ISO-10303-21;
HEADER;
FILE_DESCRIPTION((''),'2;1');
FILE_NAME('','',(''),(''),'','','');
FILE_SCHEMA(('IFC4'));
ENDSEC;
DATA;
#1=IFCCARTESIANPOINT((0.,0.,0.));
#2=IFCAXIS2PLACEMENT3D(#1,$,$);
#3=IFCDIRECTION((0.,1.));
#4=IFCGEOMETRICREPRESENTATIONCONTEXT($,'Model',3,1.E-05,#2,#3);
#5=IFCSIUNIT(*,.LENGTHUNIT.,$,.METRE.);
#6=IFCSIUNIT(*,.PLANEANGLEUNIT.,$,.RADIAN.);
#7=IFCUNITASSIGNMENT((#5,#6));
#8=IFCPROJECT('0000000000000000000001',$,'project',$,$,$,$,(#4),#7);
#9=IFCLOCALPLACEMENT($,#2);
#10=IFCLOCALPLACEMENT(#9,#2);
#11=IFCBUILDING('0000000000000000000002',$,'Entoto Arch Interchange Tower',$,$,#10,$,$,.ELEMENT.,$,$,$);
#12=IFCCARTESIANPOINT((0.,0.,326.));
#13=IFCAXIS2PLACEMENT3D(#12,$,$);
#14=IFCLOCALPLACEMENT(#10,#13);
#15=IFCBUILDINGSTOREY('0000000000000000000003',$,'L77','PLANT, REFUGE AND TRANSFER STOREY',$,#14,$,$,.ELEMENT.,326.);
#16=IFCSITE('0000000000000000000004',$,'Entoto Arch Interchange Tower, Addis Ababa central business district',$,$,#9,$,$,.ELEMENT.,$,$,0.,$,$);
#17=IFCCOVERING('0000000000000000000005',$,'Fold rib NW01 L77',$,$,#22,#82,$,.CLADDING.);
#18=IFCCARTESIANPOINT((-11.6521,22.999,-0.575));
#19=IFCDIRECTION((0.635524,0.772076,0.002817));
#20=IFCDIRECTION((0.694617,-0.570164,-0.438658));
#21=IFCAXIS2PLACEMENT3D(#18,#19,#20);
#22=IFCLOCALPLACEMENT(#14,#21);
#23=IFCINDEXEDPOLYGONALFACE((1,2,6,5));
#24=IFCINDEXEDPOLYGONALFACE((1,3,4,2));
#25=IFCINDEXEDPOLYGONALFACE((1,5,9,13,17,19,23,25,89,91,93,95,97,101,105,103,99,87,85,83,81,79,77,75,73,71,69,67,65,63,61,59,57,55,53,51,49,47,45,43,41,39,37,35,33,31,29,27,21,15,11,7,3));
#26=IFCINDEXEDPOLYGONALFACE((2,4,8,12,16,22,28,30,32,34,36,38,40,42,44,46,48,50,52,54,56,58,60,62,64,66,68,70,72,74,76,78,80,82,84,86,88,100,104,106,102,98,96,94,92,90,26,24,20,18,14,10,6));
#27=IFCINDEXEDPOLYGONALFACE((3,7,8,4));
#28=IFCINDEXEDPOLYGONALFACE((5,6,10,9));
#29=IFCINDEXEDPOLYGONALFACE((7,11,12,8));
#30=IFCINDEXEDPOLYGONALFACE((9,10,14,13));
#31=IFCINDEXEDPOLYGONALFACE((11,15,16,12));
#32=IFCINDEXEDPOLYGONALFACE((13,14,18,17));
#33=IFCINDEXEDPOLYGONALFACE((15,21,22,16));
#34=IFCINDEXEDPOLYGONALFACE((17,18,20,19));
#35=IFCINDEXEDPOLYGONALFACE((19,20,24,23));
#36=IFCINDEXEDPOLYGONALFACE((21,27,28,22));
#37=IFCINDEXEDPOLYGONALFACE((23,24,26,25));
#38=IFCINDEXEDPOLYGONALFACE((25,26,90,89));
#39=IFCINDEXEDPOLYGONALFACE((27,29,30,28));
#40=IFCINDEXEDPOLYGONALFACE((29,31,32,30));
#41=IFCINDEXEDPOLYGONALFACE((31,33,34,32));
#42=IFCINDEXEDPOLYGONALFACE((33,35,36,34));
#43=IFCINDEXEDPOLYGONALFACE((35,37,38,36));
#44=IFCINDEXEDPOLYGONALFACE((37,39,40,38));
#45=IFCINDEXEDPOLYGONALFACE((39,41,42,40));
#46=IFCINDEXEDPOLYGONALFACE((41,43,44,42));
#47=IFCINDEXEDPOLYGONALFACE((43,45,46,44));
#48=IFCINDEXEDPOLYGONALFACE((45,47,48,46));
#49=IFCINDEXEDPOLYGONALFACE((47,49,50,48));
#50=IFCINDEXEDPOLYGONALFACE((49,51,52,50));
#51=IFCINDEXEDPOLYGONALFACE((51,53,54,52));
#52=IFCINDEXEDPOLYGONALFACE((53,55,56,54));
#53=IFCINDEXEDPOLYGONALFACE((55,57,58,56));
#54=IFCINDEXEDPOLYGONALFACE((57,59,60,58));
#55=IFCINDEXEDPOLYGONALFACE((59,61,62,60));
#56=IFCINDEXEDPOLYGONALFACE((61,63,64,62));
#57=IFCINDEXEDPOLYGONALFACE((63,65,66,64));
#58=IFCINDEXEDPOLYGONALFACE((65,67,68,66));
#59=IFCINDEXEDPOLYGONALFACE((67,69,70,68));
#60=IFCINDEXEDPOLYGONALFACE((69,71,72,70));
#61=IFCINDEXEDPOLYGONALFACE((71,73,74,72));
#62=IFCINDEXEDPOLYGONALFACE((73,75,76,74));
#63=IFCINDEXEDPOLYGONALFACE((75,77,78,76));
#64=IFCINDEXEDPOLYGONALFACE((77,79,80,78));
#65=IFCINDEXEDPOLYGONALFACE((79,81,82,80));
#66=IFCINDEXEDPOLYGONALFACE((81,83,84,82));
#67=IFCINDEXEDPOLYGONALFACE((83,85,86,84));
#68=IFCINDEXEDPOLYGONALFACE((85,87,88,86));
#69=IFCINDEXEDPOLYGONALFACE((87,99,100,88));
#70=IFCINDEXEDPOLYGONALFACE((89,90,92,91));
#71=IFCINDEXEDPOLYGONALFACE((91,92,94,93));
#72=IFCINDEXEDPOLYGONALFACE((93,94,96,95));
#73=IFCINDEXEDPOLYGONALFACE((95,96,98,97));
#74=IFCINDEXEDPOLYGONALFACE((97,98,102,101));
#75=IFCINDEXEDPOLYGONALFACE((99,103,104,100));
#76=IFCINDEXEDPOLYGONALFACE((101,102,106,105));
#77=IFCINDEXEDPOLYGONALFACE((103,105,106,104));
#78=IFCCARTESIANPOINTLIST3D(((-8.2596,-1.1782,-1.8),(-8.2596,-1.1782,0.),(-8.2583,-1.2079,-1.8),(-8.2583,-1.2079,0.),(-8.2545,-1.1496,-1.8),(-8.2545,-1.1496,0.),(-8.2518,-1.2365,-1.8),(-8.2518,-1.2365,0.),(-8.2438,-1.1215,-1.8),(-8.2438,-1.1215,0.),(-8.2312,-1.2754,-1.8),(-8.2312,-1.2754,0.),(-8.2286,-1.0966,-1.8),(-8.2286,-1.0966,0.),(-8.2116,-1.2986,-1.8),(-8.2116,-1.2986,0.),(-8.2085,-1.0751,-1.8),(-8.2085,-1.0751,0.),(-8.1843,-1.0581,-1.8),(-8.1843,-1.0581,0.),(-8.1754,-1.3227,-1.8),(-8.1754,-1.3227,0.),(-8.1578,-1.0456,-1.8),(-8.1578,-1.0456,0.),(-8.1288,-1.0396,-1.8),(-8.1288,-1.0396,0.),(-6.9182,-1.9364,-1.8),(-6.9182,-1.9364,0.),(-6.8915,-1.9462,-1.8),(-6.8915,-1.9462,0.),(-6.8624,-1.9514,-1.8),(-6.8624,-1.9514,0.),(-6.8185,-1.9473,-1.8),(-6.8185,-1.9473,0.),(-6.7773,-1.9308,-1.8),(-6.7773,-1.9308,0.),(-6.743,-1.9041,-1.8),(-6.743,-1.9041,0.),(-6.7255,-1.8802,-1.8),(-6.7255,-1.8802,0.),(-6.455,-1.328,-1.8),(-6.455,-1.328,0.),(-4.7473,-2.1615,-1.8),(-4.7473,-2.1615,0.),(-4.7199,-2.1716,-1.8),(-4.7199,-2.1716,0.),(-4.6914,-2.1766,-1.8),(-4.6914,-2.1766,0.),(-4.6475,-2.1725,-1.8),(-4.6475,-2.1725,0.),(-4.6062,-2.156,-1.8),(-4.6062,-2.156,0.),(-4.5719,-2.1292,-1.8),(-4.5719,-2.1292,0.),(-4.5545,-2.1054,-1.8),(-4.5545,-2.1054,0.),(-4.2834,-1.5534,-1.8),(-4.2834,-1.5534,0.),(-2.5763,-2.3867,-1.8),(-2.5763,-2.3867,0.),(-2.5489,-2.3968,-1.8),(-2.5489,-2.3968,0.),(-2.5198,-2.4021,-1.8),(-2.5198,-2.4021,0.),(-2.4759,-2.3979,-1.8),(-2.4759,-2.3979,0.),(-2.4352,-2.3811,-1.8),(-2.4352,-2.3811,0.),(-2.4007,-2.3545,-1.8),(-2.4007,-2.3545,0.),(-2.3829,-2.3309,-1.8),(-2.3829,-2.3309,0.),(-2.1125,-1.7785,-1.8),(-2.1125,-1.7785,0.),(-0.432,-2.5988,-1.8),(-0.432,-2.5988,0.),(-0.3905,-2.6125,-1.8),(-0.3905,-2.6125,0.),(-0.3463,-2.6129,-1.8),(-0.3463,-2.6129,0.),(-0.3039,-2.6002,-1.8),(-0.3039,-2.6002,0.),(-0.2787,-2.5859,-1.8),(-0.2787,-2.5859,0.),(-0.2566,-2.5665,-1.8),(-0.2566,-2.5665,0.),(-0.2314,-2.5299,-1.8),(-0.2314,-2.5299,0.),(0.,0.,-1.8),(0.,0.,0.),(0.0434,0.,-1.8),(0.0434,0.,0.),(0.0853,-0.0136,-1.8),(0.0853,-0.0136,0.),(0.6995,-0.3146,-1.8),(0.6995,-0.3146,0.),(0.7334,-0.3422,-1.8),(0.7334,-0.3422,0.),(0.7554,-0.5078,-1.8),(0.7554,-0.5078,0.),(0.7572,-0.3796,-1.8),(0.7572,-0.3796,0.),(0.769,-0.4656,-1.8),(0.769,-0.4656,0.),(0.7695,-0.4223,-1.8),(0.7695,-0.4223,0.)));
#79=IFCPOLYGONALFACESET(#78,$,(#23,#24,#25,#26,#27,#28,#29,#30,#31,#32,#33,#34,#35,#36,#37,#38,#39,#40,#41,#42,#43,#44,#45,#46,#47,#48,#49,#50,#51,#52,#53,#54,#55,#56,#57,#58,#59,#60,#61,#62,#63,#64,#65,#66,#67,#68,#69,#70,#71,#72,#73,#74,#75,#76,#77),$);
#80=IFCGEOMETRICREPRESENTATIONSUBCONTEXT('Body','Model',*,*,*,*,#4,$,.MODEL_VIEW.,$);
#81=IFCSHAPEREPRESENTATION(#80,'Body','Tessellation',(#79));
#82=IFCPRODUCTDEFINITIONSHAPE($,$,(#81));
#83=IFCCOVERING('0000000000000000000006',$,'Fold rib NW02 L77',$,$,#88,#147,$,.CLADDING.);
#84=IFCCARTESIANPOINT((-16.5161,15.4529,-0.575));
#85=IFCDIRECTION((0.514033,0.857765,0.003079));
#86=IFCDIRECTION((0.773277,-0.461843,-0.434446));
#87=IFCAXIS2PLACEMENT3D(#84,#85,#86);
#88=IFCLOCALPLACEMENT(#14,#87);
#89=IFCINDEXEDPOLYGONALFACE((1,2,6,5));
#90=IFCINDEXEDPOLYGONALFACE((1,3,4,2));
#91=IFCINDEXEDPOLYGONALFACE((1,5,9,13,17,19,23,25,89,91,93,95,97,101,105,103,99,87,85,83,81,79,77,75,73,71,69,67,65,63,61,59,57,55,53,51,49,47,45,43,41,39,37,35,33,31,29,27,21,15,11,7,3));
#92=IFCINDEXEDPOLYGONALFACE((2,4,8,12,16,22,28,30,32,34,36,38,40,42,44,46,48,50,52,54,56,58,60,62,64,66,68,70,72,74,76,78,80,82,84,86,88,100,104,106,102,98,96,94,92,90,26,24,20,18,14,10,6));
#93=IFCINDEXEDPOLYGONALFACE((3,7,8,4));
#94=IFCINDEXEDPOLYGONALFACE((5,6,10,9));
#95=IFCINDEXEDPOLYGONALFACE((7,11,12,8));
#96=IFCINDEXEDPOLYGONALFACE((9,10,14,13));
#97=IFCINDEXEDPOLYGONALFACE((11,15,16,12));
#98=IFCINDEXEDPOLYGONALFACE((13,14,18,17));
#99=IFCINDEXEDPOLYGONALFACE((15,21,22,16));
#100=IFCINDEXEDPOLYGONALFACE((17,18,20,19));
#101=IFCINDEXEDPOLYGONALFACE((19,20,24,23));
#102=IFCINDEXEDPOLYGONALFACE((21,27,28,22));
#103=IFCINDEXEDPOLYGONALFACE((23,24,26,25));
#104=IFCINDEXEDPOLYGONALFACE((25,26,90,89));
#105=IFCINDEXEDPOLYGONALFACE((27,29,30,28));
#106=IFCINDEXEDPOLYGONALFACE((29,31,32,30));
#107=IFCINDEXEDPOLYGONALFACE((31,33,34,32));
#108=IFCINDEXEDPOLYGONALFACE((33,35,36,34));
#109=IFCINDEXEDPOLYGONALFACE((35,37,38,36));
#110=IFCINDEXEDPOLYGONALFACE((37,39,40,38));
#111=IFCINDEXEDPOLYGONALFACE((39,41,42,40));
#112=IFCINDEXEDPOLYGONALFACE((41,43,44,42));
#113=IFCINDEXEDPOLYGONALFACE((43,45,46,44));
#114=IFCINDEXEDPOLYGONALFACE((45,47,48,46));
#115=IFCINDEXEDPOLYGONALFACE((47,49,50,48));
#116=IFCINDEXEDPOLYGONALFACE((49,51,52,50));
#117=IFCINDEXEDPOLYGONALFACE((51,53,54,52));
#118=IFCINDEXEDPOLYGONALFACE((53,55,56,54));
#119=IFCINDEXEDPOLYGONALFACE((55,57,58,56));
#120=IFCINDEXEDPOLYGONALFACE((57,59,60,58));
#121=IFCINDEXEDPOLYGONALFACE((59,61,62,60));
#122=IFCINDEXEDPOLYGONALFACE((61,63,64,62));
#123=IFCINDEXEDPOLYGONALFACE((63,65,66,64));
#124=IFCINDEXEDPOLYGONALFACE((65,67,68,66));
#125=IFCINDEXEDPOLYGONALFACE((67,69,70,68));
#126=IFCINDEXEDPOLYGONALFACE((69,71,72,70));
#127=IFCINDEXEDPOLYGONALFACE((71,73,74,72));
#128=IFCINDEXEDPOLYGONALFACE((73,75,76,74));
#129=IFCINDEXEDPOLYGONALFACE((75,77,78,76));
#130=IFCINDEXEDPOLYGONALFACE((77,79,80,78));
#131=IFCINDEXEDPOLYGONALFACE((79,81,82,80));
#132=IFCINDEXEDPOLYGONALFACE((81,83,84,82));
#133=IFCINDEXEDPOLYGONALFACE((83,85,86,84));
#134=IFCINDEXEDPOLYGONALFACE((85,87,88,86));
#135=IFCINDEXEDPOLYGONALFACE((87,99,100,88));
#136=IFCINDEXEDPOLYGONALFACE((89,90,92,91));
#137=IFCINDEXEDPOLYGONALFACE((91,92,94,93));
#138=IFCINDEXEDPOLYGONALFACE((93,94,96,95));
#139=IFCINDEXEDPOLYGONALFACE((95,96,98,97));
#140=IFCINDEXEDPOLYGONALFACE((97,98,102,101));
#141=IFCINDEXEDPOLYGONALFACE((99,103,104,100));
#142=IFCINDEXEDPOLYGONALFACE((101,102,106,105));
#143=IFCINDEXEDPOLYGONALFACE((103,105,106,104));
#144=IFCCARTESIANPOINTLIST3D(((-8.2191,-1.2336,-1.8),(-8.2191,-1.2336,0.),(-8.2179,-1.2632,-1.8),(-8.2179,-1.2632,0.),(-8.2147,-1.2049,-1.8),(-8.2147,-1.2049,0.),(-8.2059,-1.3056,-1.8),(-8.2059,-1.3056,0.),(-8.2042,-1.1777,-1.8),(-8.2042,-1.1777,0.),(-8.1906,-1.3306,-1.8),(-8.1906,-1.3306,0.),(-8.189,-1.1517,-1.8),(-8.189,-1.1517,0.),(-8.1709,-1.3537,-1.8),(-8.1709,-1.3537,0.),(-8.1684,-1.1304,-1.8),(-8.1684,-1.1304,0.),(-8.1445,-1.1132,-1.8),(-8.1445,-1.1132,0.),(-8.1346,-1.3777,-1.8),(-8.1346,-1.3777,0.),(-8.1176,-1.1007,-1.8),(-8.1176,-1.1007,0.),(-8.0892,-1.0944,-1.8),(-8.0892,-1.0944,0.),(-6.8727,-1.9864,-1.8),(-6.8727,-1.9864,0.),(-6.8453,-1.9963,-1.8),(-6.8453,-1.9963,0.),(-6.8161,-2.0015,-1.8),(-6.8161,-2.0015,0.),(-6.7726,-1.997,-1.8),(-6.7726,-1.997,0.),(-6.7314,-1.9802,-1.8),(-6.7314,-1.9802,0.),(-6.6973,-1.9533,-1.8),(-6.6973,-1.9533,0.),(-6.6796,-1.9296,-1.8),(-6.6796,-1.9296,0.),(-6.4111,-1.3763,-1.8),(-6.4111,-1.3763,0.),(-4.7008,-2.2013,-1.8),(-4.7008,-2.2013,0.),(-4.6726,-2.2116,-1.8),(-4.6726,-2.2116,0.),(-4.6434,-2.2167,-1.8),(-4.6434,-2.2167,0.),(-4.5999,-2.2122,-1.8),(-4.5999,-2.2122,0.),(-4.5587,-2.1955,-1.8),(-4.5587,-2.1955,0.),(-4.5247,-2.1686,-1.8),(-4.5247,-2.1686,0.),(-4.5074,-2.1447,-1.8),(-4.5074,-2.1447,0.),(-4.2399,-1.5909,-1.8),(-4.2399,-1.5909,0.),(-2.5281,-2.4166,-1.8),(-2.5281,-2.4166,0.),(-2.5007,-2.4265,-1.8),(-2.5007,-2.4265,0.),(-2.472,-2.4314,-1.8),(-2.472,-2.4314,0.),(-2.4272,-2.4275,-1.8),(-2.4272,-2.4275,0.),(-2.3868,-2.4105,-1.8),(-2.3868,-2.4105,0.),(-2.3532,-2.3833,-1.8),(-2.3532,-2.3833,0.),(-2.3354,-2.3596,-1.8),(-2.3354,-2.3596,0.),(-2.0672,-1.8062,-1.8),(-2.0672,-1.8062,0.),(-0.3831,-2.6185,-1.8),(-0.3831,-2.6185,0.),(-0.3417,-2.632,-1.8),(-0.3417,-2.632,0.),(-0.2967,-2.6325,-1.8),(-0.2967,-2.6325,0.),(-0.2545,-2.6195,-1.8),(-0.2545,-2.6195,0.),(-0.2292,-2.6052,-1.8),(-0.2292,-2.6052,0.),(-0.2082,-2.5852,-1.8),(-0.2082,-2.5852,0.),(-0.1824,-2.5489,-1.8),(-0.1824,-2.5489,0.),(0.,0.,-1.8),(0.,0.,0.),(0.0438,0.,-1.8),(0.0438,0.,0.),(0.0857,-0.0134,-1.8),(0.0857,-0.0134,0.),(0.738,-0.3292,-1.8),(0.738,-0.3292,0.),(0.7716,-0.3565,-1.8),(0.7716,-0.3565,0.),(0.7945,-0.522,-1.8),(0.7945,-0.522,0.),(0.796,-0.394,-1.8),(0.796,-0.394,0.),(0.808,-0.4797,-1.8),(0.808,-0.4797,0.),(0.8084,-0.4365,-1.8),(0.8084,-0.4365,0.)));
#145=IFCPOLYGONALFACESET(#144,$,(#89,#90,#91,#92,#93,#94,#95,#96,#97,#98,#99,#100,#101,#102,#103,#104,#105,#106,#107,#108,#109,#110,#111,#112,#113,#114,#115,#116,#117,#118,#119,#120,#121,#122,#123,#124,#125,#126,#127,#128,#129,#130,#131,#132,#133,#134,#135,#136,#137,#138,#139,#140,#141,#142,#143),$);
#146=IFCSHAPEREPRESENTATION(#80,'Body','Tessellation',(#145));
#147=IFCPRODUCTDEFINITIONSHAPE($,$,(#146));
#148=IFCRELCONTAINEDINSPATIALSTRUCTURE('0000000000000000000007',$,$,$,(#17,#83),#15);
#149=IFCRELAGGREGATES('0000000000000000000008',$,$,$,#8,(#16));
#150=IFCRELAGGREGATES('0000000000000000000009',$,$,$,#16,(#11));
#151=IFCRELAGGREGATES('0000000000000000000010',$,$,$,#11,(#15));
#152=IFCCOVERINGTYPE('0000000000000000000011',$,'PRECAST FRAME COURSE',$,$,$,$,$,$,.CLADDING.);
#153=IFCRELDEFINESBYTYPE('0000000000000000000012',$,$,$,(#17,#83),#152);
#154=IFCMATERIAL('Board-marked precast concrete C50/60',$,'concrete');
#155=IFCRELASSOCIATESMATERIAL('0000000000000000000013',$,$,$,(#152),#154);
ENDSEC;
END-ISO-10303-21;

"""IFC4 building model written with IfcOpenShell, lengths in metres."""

from ifc_helpers import new_model, si_unit, direction, frame, origin, place, context, subcontext, project, spatial, polyline, outline, extrude, material, type_object, element, save


model = new_model("IFC4")

# Units and contexts
model_context = context("Model", 3, precision=1e-05, world=origin(), true_north=direction((0.0, 1.0)))
body_context = subcontext(model_context, "Body", "Model", "MODEL_VIEW")
ifc_project = project(units=[si_unit("LENGTHUNIT", "METRE"), si_unit("PLANEANGLEUNIT", "RADIAN")], contexts=[model_context])

# Site, building, storey
site_placement = place(None, origin())
site = spatial("IfcSite", under=ifc_project, at=site_placement, Name="Entoto Arch Interchange Tower, Addis Ababa central business district", CompositionType="ELEMENT", RefElevation=0.0)
building_placement = place(site_placement, origin())
building = spatial("IfcBuilding", under=site, at=building_placement, Name="Entoto Arch Interchange Tower", CompositionType="ELEMENT")
storey_placement = place(building_placement, frame((0.0, 0.0, 326.0)))
storey = spatial("IfcBuildingStorey", under=building, at=storey_placement, Name="L77", Description="PLANT, REFUGE AND TRANSFER STOREY", CompositionType="ELEMENT", Elevation=326.0)

# Shared definitions
ifc_material_1 = material(Name="Board-marked precast concrete C50/60", Category="concrete")

# Coverings
covering_type = type_object("IfcCoveringType", Name="PRECAST FRAME COURSE", PredefinedType="CLADDING", material=ifc_material_1)
covering_1_placement = place(storey_placement, frame((-11.6521, 22.999, -0.575), z_axis=(0.635524, 0.772076, 0.002817), x_axis=(0.694617, -0.570164, -0.438658)))
element("IfcCovering", 1, at=covering_1_placement, inside=storey, type_object=covering_type, Name="Fold rib NW01 L77", PredefinedType="CLADDING", context=body_context, shape_type="SweptSolid", body=[
    extrude(outline(polyline([(0.0, 0.0), (0.0434, 0.0), (0.0853, -0.0136), (0.6995, -0.3146), (0.7334, -0.3422), (0.7572, -0.3796), (0.7695, -0.4223), (0.769, -0.4656), (0.7554, -0.5078), (-0.2314, -2.5299), (-0.2566, -2.5665), (-0.2787, -2.5859), (-0.3039, -2.6002), (-0.3463, -2.6129), (-0.3905, -2.6125), (-0.432, -2.5988), (-2.1125, -1.7785), (-2.3829, -2.3309), (-2.4007, -2.3545), (-2.4352, -2.3811), (-2.4759, -2.3979), (-2.5198, -2.4021), (-2.5489, -2.3968), (-2.5763, -2.3867), (-4.2834, -1.5534), (-4.5545, -2.1054), (-4.5719, -2.1292), (-4.6062, -2.156), (-4.6475, -2.1725), (-4.6914, -2.1766), (-4.7199, -2.1716), (-4.7473, -2.1615), (-6.455, -1.328), (-6.7255, -1.8802), (-6.743, -1.9041), (-6.7773, -1.9308), (-6.8185, -1.9473), (-6.8624, -1.9514), (-6.8915, -1.9462), (-6.9182, -1.9364), (-8.1754, -1.3227), (-8.2116, -1.2986), (-8.2312, -1.2754), (-8.2518, -1.2365), (-8.2583, -1.2079), (-8.2596, -1.1782), (-8.2545, -1.1496), (-8.2438, -1.1215), (-8.2286, -1.0966), (-8.2085, -1.0751), (-8.1843, -1.0581), (-8.1578, -1.0456), (-8.1288, -1.0396), (0.0, 0.0)])), origin(), (0.0, 0.0, -1.0), 1.8),
])
covering_2_placement = place(storey_placement, frame((-16.5161, 15.4529, -0.575), z_axis=(0.514033, 0.857765, 0.003079), x_axis=(0.773277, -0.461843, -0.434446)))
element("IfcCovering", 2, at=covering_2_placement, inside=storey, type_object=covering_type, Name="Fold rib NW02 L77", PredefinedType="CLADDING", context=body_context, shape_type="SweptSolid", body=[
    extrude(outline(polyline([(0.0, 0.0), (0.0438, 0.0), (0.0857, -0.0134), (0.738, -0.3292), (0.7716, -0.3565), (0.796, -0.394), (0.8084, -0.4365), (0.808, -0.4797), (0.7945, -0.522), (-0.1824, -2.5489), (-0.2082, -2.5852), (-0.2292, -2.6052), (-0.2545, -2.6195), (-0.2967, -2.6325), (-0.3417, -2.632), (-0.3831, -2.6185), (-2.0672, -1.8062), (-2.3354, -2.3596), (-2.3532, -2.3833), (-2.3868, -2.4105), (-2.4272, -2.4275), (-2.472, -2.4314), (-2.5007, -2.4265), (-2.5281, -2.4166), (-4.2399, -1.5909), (-4.5074, -2.1447), (-4.5247, -2.1686), (-4.5587, -2.1955), (-4.5999, -2.2122), (-4.6434, -2.2167), (-4.6726, -2.2116), (-4.7008, -2.2013), (-6.4111, -1.3763), (-6.6796, -1.9296), (-6.6973, -1.9533), (-6.7314, -1.9802), (-6.7726, -1.997), (-6.8161, -2.0015), (-6.8453, -1.9963), (-6.8727, -1.9864), (-8.1346, -1.3777), (-8.1709, -1.3537), (-8.1906, -1.3306), (-8.2059, -1.3056), (-8.2179, -1.2632), (-8.2191, -1.2336), (-8.2147, -1.2049), (-8.2042, -1.1777), (-8.189, -1.1517), (-8.1684, -1.1304), (-8.1445, -1.1132), (-8.1176, -1.1007), (-8.0892, -1.0944), (0.0, 0.0)])), origin(), (0.0, 0.0, -1.0), 1.8),
])

save(model, "model.ifc")
